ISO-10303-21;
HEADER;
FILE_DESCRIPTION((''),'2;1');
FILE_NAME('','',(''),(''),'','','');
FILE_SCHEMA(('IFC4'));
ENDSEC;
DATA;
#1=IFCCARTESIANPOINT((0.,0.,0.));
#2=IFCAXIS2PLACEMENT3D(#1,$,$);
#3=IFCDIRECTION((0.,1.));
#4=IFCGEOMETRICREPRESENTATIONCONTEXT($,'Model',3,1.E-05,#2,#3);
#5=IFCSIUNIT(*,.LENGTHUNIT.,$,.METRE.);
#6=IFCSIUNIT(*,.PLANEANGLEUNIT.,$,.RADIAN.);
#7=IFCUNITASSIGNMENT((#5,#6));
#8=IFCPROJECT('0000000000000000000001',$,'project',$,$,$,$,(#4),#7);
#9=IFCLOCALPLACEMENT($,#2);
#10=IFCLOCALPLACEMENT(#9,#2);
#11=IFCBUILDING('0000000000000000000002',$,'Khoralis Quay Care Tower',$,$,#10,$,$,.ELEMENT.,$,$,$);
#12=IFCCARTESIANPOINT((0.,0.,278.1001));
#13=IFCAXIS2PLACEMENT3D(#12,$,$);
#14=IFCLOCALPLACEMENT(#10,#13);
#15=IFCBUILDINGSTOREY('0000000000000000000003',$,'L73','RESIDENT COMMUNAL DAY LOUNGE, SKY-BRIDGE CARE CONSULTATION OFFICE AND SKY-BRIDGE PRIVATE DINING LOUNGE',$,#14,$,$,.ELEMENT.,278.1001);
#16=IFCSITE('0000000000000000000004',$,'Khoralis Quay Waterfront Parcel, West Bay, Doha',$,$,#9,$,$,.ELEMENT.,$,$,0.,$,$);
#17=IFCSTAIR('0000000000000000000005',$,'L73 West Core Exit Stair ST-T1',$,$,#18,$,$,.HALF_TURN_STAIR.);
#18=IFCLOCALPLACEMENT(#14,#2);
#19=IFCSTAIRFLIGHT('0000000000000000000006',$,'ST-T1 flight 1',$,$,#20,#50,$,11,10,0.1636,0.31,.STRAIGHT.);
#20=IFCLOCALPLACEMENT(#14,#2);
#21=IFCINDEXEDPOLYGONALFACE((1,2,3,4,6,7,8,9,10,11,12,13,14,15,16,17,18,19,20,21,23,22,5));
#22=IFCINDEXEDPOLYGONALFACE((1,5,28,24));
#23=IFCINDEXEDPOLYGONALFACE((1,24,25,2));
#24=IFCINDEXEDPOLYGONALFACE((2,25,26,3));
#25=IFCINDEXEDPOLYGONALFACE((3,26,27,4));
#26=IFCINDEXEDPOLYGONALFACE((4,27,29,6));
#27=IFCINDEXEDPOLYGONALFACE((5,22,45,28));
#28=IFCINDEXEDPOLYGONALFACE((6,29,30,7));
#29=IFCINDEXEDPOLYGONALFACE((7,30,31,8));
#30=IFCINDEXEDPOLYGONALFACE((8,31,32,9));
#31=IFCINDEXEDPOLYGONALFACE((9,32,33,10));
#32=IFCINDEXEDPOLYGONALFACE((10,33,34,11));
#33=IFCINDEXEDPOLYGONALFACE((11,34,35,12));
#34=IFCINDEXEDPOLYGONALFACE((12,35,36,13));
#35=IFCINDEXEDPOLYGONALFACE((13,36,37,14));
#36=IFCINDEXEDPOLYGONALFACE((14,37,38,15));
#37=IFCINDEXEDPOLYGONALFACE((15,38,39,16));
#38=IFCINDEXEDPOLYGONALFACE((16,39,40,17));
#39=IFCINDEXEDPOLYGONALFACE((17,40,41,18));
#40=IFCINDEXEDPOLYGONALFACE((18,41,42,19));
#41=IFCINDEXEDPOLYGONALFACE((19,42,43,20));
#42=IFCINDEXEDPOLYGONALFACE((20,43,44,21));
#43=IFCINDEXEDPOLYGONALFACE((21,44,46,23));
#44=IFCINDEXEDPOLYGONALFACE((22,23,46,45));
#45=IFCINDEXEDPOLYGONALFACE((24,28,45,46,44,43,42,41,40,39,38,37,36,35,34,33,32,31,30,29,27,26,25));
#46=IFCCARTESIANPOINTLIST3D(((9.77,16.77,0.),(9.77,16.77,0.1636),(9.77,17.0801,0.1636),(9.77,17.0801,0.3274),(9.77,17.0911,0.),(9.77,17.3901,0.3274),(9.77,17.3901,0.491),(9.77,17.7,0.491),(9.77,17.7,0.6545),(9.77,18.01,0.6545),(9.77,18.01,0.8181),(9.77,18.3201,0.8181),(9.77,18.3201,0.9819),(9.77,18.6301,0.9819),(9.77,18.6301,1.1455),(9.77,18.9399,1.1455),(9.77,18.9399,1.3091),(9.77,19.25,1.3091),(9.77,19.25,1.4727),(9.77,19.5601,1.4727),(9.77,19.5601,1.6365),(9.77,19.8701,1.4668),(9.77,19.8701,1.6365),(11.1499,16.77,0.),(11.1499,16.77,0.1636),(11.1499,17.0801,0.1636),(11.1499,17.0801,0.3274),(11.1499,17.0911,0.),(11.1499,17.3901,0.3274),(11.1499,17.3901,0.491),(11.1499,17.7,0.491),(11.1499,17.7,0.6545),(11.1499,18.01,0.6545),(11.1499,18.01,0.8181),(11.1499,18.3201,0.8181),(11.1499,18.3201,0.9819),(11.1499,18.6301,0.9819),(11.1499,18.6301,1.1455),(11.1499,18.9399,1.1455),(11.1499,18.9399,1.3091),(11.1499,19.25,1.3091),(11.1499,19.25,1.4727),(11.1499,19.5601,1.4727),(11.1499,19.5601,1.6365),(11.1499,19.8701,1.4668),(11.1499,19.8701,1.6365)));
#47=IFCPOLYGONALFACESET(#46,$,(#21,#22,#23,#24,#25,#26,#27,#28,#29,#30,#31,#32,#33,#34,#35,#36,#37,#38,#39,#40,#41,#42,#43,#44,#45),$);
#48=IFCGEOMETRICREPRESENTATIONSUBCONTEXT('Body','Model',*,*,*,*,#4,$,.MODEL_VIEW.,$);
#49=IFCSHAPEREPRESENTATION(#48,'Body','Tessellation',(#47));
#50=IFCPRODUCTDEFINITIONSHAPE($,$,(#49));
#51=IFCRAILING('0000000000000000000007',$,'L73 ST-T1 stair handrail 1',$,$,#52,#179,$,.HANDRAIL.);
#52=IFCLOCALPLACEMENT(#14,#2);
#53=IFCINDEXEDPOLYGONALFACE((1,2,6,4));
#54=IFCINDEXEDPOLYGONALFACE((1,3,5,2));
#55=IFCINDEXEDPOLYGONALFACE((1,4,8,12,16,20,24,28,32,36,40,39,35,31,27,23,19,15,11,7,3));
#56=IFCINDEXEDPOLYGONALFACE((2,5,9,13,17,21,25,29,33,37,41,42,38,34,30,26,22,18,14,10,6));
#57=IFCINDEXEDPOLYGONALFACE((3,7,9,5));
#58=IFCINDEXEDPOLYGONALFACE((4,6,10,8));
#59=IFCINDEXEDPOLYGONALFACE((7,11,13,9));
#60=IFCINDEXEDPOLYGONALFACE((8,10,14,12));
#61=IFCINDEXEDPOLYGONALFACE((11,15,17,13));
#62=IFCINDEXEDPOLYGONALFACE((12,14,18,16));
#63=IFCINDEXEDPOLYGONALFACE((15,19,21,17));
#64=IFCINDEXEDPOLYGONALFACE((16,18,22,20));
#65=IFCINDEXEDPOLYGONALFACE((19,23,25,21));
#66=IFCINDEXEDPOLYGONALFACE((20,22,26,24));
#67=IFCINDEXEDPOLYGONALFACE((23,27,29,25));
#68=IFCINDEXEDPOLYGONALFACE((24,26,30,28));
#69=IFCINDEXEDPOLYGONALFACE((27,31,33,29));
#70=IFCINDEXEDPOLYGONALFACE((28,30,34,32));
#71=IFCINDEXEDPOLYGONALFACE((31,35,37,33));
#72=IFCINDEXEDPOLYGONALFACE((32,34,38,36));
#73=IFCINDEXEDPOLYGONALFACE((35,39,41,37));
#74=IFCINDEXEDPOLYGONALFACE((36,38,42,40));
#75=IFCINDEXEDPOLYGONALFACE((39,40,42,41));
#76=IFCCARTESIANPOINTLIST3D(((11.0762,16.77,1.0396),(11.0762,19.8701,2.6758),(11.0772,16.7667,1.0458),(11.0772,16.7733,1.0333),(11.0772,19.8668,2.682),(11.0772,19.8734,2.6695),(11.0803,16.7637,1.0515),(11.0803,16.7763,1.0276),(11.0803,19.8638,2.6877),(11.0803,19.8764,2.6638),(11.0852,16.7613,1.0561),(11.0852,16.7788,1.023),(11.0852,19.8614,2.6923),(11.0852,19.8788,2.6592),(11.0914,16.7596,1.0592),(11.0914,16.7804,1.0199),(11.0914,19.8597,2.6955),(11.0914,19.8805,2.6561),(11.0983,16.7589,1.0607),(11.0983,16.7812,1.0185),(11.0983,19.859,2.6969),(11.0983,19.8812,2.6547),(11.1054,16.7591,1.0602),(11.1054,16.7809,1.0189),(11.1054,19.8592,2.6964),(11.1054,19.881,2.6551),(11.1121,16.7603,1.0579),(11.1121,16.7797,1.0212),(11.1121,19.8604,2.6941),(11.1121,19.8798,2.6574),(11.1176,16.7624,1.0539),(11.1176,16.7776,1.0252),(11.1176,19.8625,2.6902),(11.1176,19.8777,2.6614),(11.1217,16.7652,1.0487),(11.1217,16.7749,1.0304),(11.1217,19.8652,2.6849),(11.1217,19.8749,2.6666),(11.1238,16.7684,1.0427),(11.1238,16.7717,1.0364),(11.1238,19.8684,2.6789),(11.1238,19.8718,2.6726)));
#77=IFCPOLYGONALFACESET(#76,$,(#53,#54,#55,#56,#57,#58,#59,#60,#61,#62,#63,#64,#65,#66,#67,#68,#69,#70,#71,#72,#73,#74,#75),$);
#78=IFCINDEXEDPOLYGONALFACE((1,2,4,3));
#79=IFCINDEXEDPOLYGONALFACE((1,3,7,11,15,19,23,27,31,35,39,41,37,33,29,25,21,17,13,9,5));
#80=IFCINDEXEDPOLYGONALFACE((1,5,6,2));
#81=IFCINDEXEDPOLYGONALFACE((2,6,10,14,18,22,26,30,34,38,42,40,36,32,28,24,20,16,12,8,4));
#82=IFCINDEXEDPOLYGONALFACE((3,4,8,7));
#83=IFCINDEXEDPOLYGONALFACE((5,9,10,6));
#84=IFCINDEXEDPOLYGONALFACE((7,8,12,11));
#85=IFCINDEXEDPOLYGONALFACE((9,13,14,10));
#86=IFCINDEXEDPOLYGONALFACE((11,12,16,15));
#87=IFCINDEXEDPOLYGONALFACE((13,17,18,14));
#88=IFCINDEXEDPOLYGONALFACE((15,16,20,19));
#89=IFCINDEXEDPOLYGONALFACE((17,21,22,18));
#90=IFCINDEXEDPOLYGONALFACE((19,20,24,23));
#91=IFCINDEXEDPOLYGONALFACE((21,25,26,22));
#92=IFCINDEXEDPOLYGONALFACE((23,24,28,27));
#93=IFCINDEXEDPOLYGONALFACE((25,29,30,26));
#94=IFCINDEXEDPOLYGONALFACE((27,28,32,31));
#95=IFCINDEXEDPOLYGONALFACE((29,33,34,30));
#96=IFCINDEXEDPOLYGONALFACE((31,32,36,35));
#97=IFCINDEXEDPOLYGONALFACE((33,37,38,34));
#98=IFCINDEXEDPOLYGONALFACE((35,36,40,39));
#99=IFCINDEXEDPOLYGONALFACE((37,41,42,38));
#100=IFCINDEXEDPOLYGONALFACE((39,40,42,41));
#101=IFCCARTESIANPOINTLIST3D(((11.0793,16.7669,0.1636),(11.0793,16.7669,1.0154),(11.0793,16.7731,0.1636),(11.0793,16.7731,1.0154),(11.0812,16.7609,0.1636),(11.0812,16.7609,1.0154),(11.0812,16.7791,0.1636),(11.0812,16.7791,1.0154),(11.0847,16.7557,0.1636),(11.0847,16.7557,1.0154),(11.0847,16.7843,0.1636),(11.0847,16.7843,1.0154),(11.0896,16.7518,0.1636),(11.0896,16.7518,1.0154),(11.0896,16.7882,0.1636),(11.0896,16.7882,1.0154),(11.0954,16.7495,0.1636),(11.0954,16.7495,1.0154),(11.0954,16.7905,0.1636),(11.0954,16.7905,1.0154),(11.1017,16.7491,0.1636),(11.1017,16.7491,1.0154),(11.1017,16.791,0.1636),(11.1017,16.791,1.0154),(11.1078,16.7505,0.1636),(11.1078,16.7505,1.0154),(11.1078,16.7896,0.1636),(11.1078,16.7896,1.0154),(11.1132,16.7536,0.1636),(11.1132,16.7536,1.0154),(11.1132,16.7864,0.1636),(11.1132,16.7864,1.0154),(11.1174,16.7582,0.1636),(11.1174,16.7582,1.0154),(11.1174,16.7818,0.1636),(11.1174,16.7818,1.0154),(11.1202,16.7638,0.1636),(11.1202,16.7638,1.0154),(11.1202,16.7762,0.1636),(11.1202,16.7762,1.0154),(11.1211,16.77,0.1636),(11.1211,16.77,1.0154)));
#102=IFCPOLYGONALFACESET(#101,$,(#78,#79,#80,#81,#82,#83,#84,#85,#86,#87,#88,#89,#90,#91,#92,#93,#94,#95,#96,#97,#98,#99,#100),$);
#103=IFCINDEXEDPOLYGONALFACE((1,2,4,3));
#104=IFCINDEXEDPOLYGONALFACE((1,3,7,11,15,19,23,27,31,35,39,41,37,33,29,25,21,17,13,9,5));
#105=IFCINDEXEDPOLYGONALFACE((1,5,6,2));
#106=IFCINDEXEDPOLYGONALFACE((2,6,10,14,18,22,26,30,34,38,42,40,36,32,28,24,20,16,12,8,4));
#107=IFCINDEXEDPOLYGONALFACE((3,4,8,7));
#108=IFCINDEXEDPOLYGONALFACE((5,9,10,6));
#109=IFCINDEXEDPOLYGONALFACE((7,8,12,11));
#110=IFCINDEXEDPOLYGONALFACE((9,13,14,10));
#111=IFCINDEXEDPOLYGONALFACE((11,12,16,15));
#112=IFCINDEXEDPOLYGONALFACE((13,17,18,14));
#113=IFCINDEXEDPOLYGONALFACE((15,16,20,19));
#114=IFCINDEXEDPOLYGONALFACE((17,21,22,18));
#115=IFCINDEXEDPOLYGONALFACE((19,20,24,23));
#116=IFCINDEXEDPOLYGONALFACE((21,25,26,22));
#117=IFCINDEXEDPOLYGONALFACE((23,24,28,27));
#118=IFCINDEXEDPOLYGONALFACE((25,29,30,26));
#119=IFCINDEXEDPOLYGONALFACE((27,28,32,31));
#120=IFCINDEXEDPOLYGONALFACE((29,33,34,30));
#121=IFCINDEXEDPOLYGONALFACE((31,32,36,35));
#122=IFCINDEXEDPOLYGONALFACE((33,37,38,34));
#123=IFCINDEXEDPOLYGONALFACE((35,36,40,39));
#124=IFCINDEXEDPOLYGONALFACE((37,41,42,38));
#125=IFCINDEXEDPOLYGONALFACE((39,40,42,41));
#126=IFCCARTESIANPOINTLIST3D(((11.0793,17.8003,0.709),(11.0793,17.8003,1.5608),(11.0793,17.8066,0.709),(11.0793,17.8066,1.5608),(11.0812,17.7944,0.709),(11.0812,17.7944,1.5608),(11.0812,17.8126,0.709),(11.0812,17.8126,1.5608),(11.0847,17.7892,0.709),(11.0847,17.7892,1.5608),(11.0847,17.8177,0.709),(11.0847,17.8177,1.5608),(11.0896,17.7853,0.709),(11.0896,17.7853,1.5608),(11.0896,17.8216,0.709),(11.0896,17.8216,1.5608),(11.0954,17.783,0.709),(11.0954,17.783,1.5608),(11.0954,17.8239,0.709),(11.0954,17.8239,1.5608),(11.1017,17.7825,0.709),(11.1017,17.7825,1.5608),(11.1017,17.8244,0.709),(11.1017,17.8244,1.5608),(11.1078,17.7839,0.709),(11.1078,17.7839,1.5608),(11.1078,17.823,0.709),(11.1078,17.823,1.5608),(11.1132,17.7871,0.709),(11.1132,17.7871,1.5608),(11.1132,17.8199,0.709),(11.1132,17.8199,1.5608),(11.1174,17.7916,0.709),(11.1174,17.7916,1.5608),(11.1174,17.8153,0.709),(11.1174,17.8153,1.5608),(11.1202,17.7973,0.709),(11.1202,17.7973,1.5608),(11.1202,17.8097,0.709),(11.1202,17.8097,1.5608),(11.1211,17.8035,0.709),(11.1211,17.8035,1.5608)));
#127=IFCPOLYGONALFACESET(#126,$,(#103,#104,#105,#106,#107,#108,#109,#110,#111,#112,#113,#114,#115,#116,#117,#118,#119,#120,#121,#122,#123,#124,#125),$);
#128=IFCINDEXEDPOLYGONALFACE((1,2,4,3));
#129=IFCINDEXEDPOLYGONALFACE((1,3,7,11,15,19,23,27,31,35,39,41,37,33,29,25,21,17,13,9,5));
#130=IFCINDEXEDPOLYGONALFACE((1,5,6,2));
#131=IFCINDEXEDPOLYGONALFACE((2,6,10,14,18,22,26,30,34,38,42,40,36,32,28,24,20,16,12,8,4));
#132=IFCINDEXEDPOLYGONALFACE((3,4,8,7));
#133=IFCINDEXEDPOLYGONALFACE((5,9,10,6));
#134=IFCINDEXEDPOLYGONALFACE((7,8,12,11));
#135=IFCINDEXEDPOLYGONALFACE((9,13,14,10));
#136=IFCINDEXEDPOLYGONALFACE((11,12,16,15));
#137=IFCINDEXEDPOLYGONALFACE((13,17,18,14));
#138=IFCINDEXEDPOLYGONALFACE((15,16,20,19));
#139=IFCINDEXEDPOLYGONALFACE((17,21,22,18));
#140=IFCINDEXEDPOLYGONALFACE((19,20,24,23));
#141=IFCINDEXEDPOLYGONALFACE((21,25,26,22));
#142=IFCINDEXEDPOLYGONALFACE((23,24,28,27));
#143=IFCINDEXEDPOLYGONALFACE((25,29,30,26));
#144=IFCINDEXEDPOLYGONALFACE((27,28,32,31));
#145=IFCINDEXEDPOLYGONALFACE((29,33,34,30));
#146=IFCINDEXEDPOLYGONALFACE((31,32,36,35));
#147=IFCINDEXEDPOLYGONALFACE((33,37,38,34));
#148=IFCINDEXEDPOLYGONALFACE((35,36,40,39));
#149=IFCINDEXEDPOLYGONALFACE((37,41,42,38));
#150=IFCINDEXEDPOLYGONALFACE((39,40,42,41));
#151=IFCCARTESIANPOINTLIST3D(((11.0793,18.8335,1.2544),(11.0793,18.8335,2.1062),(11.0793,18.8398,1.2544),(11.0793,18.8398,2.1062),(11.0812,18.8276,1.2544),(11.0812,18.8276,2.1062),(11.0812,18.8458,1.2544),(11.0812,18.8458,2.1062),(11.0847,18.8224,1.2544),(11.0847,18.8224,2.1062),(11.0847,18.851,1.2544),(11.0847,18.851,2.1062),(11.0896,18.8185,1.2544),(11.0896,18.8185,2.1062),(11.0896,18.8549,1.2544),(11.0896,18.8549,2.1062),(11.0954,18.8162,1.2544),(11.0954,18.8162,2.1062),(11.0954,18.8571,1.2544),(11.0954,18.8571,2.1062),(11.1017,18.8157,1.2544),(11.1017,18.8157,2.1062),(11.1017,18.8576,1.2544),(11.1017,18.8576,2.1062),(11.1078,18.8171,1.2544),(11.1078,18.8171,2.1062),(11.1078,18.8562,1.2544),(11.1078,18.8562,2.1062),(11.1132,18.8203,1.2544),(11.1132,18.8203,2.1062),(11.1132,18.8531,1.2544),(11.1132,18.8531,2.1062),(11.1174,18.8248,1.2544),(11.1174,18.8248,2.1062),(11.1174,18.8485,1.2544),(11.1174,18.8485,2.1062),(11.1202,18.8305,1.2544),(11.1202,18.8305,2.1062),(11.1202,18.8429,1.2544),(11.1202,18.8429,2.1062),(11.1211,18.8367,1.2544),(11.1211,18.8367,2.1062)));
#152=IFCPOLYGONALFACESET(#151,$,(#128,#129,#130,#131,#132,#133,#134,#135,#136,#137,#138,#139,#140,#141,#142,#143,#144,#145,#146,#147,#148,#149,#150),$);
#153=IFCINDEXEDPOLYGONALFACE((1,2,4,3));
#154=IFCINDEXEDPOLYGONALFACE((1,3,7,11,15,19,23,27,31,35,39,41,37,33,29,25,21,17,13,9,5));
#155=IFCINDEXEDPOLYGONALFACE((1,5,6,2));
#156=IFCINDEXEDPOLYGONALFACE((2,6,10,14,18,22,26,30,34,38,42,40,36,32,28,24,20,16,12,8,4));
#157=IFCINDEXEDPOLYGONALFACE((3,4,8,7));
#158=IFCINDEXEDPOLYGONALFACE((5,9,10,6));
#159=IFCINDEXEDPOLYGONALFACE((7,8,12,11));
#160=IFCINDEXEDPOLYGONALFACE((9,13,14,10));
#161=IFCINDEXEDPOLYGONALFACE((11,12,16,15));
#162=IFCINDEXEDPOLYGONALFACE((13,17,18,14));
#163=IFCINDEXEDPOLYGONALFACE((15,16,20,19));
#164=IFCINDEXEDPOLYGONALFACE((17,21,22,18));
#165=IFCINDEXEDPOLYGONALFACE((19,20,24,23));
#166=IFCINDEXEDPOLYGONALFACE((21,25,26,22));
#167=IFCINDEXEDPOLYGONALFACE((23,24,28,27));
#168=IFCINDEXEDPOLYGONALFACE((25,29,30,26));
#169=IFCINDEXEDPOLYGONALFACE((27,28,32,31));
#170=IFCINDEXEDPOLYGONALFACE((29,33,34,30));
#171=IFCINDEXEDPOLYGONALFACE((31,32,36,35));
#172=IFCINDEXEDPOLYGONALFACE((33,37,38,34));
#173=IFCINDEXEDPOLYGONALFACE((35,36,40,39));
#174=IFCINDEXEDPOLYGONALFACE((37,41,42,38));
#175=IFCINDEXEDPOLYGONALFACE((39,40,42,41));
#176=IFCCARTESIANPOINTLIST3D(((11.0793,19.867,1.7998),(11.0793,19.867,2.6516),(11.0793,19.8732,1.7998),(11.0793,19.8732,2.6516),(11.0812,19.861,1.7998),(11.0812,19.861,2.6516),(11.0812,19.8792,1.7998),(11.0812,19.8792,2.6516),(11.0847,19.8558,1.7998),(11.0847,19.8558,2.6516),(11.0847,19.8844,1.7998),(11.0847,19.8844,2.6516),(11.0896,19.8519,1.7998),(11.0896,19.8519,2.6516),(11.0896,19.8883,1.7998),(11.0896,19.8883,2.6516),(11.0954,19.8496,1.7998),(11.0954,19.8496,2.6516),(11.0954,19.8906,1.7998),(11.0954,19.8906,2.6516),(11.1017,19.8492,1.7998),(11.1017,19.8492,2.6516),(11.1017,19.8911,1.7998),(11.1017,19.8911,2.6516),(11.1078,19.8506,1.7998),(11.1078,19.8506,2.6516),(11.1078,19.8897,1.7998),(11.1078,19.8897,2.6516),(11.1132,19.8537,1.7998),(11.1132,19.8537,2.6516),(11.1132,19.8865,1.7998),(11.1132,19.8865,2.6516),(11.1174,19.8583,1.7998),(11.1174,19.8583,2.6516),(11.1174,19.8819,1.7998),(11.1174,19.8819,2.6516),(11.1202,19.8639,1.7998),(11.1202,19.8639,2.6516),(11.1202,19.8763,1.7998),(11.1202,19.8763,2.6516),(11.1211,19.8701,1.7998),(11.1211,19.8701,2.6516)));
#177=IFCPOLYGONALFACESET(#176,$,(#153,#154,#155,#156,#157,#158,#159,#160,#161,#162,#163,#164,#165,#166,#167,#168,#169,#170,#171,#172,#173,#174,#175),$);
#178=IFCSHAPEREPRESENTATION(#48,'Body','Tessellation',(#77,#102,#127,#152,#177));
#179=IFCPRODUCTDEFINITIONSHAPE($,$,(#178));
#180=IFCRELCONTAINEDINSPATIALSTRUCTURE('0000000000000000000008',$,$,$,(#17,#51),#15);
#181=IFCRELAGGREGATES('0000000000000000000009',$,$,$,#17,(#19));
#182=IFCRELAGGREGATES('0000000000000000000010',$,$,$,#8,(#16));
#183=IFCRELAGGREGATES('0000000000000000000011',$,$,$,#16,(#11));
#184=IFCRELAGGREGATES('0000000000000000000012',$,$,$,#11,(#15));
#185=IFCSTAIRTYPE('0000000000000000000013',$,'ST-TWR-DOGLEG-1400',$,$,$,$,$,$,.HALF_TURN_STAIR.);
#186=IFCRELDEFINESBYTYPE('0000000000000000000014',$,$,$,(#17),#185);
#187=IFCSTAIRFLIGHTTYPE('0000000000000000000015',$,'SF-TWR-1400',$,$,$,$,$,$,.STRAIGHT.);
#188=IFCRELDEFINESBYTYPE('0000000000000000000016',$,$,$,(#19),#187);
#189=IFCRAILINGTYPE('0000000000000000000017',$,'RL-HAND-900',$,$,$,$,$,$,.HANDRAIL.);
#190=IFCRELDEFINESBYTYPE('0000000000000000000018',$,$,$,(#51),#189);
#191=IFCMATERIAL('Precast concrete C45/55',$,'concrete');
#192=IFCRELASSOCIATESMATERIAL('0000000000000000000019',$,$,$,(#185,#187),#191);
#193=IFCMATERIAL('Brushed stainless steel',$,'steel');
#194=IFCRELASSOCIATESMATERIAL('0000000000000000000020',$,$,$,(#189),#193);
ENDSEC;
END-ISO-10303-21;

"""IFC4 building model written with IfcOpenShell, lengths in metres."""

from ifc_helpers import new_model, si_unit, direction, frame, origin, origin_2d, place, context, subcontext, project, spatial, polyline, circle, outline, extrude, source, transform, mapped, material, type_object, element, aggregate, save


model = new_model("IFC4")

# Units and contexts
model_context = context("Model", 3, precision=1e-05, world=origin(), true_north=direction((0.0, 1.0)))
body_context = subcontext(model_context, "Body", "Model", "MODEL_VIEW")
ifc_project = project(units=[si_unit("LENGTHUNIT", "METRE"), si_unit("PLANEANGLEUNIT", "RADIAN")], contexts=[model_context])

# Site, building, storey
site_placement = place(None, origin())
site = spatial("IfcSite", under=ifc_project, at=site_placement, Name="Khoralis Quay Waterfront Parcel, West Bay, Doha", CompositionType="ELEMENT", RefElevation=0.0)
building_placement = place(site_placement, origin())
building = spatial("IfcBuilding", under=site, at=building_placement, Name="Khoralis Quay Care Tower", CompositionType="ELEMENT")
storey_placement = place(building_placement, frame((0.0, 0.0, 278.1001)))
storey = spatial("IfcBuildingStorey", under=building, at=storey_placement, Name="L73", Description="RESIDENT COMMUNAL DAY LOUNGE, SKY-BRIDGE CARE CONSULTATION OFFICE AND SKY-BRIDGE PRIVATE DINING LOUNGE", CompositionType="ELEMENT", Elevation=278.1001)

# Stair, stair flight
ifc_material_1 = material(Name="Precast concrete C45/55", Category="concrete")
stair_type = type_object("IfcStairType", Name="ST-TWR-DOGLEG-1400", PredefinedType="HALF_TURN_STAIR", material=ifc_material_1)
stair_placement = place(storey_placement, origin())
stair = element("IfcStair", 1, at=stair_placement, inside=storey, type_object=stair_type, Name="L73 West Core Exit Stair ST-T1", PredefinedType="HALF_TURN_STAIR")
stair_flight_type = type_object("IfcStairFlightType", Name="SF-TWR-1400", PredefinedType="STRAIGHT", material=ifc_material_1)
shared_shape_1 = source(origin(), body_context, "Body", "SweptSolid", [
    extrude(outline(polyline([(0.0, 0.0), (0.0, 0.1636), (0.3101, 0.1636), (0.3101, 0.3274), (0.6201, 0.3274), (0.6201, 0.491), (0.9299, 0.491), (0.9299, 0.6545), (1.24, 0.6545), (1.24, 0.8181), (1.55, 0.8181), (1.55, 0.9819), (1.8601, 0.9819), (1.8601, 1.1455), (2.1699, 1.1455), (2.1699, 1.3091), (2.48, 1.3091), (2.48, 1.4727), (2.79, 1.4727), (2.79, 1.6365), (3.1001, 1.6365), (3.1001, 1.8), (3.1001, 1.4668), (0.321, 0.0), (0.0, 0.0)])), frame((0.0, 0.6899, 0.0), z_axis=(0.0, -1.0, 0.0), x_axis=(1.0, 0.0, 0.0)), (0.0, 0.0, 1.0), 1.3799),
])
stair_flight_placement = place(storey_placement, frame((10.46, 16.77, 0.0), z_axis=(0.0, 0.0, 1.0), x_axis=(0.0, 1.0, 0.0)))
stair_flight = element("IfcStairFlight", 2, at=stair_flight_placement, type_object=stair_flight_type, Name="ST-T1 flight 1", NumberOfRisers=11, NumberOfTreads=10, PredefinedType="STRAIGHT", RiserHeight=0.1636, TreadLength=0.31, context=body_context, shape_type="MappedRepresentation", body=[
    mapped(shared_shape_1, transform((0.0, 0.0, 0.0), scale=1.0)),
])
aggregate(stair, [stair_flight])

# Railing
ifc_material_2 = material(Name="Brushed stainless steel", Category="steel")
railing_type = type_object("IfcRailingType", Name="RL-HAND-900", PredefinedType="HANDRAIL", material=ifc_material_2)
railing_placement = place(storey_placement, frame((11.1001, 16.77, 0.1636)))
element("IfcRailing", 3, at=railing_placement, inside=storey, type_object=railing_type, Name="L73 ST-T1 stair handrail 1", PredefinedType="HANDRAIL", context=body_context, shape_type="SweptSolid", body=[
    extrude(circle(Radius=0.0239, at=origin_2d()), frame((0.0, 0.0, 0.876), z_axis=(0.0, 0.884377, 0.466774), x_axis=(-1.0, 0.0, 0.0)), (0.0, 0.0, 1.0), 3.5054),
    extrude(circle(Radius=0.021, at=origin_2d()), origin(), (0.0, 0.0, 1.0), 0.8518),
    extrude(circle(Radius=0.021, at=origin_2d()), frame((0.0, 1.0334, 0.5454)), (0.0, 0.0, 1.0), 0.8518),
    extrude(circle(Radius=0.021, at=origin_2d()), frame((0.0, 2.0667, 1.0908)), (0.0, 0.0, 1.0), 0.8518),
    extrude(circle(Radius=0.021, at=origin_2d()), frame((0.0, 3.1001, 1.6362)), (0.0, 0.0, 1.0), 0.8518),
])

save(model, "model.ifc")
